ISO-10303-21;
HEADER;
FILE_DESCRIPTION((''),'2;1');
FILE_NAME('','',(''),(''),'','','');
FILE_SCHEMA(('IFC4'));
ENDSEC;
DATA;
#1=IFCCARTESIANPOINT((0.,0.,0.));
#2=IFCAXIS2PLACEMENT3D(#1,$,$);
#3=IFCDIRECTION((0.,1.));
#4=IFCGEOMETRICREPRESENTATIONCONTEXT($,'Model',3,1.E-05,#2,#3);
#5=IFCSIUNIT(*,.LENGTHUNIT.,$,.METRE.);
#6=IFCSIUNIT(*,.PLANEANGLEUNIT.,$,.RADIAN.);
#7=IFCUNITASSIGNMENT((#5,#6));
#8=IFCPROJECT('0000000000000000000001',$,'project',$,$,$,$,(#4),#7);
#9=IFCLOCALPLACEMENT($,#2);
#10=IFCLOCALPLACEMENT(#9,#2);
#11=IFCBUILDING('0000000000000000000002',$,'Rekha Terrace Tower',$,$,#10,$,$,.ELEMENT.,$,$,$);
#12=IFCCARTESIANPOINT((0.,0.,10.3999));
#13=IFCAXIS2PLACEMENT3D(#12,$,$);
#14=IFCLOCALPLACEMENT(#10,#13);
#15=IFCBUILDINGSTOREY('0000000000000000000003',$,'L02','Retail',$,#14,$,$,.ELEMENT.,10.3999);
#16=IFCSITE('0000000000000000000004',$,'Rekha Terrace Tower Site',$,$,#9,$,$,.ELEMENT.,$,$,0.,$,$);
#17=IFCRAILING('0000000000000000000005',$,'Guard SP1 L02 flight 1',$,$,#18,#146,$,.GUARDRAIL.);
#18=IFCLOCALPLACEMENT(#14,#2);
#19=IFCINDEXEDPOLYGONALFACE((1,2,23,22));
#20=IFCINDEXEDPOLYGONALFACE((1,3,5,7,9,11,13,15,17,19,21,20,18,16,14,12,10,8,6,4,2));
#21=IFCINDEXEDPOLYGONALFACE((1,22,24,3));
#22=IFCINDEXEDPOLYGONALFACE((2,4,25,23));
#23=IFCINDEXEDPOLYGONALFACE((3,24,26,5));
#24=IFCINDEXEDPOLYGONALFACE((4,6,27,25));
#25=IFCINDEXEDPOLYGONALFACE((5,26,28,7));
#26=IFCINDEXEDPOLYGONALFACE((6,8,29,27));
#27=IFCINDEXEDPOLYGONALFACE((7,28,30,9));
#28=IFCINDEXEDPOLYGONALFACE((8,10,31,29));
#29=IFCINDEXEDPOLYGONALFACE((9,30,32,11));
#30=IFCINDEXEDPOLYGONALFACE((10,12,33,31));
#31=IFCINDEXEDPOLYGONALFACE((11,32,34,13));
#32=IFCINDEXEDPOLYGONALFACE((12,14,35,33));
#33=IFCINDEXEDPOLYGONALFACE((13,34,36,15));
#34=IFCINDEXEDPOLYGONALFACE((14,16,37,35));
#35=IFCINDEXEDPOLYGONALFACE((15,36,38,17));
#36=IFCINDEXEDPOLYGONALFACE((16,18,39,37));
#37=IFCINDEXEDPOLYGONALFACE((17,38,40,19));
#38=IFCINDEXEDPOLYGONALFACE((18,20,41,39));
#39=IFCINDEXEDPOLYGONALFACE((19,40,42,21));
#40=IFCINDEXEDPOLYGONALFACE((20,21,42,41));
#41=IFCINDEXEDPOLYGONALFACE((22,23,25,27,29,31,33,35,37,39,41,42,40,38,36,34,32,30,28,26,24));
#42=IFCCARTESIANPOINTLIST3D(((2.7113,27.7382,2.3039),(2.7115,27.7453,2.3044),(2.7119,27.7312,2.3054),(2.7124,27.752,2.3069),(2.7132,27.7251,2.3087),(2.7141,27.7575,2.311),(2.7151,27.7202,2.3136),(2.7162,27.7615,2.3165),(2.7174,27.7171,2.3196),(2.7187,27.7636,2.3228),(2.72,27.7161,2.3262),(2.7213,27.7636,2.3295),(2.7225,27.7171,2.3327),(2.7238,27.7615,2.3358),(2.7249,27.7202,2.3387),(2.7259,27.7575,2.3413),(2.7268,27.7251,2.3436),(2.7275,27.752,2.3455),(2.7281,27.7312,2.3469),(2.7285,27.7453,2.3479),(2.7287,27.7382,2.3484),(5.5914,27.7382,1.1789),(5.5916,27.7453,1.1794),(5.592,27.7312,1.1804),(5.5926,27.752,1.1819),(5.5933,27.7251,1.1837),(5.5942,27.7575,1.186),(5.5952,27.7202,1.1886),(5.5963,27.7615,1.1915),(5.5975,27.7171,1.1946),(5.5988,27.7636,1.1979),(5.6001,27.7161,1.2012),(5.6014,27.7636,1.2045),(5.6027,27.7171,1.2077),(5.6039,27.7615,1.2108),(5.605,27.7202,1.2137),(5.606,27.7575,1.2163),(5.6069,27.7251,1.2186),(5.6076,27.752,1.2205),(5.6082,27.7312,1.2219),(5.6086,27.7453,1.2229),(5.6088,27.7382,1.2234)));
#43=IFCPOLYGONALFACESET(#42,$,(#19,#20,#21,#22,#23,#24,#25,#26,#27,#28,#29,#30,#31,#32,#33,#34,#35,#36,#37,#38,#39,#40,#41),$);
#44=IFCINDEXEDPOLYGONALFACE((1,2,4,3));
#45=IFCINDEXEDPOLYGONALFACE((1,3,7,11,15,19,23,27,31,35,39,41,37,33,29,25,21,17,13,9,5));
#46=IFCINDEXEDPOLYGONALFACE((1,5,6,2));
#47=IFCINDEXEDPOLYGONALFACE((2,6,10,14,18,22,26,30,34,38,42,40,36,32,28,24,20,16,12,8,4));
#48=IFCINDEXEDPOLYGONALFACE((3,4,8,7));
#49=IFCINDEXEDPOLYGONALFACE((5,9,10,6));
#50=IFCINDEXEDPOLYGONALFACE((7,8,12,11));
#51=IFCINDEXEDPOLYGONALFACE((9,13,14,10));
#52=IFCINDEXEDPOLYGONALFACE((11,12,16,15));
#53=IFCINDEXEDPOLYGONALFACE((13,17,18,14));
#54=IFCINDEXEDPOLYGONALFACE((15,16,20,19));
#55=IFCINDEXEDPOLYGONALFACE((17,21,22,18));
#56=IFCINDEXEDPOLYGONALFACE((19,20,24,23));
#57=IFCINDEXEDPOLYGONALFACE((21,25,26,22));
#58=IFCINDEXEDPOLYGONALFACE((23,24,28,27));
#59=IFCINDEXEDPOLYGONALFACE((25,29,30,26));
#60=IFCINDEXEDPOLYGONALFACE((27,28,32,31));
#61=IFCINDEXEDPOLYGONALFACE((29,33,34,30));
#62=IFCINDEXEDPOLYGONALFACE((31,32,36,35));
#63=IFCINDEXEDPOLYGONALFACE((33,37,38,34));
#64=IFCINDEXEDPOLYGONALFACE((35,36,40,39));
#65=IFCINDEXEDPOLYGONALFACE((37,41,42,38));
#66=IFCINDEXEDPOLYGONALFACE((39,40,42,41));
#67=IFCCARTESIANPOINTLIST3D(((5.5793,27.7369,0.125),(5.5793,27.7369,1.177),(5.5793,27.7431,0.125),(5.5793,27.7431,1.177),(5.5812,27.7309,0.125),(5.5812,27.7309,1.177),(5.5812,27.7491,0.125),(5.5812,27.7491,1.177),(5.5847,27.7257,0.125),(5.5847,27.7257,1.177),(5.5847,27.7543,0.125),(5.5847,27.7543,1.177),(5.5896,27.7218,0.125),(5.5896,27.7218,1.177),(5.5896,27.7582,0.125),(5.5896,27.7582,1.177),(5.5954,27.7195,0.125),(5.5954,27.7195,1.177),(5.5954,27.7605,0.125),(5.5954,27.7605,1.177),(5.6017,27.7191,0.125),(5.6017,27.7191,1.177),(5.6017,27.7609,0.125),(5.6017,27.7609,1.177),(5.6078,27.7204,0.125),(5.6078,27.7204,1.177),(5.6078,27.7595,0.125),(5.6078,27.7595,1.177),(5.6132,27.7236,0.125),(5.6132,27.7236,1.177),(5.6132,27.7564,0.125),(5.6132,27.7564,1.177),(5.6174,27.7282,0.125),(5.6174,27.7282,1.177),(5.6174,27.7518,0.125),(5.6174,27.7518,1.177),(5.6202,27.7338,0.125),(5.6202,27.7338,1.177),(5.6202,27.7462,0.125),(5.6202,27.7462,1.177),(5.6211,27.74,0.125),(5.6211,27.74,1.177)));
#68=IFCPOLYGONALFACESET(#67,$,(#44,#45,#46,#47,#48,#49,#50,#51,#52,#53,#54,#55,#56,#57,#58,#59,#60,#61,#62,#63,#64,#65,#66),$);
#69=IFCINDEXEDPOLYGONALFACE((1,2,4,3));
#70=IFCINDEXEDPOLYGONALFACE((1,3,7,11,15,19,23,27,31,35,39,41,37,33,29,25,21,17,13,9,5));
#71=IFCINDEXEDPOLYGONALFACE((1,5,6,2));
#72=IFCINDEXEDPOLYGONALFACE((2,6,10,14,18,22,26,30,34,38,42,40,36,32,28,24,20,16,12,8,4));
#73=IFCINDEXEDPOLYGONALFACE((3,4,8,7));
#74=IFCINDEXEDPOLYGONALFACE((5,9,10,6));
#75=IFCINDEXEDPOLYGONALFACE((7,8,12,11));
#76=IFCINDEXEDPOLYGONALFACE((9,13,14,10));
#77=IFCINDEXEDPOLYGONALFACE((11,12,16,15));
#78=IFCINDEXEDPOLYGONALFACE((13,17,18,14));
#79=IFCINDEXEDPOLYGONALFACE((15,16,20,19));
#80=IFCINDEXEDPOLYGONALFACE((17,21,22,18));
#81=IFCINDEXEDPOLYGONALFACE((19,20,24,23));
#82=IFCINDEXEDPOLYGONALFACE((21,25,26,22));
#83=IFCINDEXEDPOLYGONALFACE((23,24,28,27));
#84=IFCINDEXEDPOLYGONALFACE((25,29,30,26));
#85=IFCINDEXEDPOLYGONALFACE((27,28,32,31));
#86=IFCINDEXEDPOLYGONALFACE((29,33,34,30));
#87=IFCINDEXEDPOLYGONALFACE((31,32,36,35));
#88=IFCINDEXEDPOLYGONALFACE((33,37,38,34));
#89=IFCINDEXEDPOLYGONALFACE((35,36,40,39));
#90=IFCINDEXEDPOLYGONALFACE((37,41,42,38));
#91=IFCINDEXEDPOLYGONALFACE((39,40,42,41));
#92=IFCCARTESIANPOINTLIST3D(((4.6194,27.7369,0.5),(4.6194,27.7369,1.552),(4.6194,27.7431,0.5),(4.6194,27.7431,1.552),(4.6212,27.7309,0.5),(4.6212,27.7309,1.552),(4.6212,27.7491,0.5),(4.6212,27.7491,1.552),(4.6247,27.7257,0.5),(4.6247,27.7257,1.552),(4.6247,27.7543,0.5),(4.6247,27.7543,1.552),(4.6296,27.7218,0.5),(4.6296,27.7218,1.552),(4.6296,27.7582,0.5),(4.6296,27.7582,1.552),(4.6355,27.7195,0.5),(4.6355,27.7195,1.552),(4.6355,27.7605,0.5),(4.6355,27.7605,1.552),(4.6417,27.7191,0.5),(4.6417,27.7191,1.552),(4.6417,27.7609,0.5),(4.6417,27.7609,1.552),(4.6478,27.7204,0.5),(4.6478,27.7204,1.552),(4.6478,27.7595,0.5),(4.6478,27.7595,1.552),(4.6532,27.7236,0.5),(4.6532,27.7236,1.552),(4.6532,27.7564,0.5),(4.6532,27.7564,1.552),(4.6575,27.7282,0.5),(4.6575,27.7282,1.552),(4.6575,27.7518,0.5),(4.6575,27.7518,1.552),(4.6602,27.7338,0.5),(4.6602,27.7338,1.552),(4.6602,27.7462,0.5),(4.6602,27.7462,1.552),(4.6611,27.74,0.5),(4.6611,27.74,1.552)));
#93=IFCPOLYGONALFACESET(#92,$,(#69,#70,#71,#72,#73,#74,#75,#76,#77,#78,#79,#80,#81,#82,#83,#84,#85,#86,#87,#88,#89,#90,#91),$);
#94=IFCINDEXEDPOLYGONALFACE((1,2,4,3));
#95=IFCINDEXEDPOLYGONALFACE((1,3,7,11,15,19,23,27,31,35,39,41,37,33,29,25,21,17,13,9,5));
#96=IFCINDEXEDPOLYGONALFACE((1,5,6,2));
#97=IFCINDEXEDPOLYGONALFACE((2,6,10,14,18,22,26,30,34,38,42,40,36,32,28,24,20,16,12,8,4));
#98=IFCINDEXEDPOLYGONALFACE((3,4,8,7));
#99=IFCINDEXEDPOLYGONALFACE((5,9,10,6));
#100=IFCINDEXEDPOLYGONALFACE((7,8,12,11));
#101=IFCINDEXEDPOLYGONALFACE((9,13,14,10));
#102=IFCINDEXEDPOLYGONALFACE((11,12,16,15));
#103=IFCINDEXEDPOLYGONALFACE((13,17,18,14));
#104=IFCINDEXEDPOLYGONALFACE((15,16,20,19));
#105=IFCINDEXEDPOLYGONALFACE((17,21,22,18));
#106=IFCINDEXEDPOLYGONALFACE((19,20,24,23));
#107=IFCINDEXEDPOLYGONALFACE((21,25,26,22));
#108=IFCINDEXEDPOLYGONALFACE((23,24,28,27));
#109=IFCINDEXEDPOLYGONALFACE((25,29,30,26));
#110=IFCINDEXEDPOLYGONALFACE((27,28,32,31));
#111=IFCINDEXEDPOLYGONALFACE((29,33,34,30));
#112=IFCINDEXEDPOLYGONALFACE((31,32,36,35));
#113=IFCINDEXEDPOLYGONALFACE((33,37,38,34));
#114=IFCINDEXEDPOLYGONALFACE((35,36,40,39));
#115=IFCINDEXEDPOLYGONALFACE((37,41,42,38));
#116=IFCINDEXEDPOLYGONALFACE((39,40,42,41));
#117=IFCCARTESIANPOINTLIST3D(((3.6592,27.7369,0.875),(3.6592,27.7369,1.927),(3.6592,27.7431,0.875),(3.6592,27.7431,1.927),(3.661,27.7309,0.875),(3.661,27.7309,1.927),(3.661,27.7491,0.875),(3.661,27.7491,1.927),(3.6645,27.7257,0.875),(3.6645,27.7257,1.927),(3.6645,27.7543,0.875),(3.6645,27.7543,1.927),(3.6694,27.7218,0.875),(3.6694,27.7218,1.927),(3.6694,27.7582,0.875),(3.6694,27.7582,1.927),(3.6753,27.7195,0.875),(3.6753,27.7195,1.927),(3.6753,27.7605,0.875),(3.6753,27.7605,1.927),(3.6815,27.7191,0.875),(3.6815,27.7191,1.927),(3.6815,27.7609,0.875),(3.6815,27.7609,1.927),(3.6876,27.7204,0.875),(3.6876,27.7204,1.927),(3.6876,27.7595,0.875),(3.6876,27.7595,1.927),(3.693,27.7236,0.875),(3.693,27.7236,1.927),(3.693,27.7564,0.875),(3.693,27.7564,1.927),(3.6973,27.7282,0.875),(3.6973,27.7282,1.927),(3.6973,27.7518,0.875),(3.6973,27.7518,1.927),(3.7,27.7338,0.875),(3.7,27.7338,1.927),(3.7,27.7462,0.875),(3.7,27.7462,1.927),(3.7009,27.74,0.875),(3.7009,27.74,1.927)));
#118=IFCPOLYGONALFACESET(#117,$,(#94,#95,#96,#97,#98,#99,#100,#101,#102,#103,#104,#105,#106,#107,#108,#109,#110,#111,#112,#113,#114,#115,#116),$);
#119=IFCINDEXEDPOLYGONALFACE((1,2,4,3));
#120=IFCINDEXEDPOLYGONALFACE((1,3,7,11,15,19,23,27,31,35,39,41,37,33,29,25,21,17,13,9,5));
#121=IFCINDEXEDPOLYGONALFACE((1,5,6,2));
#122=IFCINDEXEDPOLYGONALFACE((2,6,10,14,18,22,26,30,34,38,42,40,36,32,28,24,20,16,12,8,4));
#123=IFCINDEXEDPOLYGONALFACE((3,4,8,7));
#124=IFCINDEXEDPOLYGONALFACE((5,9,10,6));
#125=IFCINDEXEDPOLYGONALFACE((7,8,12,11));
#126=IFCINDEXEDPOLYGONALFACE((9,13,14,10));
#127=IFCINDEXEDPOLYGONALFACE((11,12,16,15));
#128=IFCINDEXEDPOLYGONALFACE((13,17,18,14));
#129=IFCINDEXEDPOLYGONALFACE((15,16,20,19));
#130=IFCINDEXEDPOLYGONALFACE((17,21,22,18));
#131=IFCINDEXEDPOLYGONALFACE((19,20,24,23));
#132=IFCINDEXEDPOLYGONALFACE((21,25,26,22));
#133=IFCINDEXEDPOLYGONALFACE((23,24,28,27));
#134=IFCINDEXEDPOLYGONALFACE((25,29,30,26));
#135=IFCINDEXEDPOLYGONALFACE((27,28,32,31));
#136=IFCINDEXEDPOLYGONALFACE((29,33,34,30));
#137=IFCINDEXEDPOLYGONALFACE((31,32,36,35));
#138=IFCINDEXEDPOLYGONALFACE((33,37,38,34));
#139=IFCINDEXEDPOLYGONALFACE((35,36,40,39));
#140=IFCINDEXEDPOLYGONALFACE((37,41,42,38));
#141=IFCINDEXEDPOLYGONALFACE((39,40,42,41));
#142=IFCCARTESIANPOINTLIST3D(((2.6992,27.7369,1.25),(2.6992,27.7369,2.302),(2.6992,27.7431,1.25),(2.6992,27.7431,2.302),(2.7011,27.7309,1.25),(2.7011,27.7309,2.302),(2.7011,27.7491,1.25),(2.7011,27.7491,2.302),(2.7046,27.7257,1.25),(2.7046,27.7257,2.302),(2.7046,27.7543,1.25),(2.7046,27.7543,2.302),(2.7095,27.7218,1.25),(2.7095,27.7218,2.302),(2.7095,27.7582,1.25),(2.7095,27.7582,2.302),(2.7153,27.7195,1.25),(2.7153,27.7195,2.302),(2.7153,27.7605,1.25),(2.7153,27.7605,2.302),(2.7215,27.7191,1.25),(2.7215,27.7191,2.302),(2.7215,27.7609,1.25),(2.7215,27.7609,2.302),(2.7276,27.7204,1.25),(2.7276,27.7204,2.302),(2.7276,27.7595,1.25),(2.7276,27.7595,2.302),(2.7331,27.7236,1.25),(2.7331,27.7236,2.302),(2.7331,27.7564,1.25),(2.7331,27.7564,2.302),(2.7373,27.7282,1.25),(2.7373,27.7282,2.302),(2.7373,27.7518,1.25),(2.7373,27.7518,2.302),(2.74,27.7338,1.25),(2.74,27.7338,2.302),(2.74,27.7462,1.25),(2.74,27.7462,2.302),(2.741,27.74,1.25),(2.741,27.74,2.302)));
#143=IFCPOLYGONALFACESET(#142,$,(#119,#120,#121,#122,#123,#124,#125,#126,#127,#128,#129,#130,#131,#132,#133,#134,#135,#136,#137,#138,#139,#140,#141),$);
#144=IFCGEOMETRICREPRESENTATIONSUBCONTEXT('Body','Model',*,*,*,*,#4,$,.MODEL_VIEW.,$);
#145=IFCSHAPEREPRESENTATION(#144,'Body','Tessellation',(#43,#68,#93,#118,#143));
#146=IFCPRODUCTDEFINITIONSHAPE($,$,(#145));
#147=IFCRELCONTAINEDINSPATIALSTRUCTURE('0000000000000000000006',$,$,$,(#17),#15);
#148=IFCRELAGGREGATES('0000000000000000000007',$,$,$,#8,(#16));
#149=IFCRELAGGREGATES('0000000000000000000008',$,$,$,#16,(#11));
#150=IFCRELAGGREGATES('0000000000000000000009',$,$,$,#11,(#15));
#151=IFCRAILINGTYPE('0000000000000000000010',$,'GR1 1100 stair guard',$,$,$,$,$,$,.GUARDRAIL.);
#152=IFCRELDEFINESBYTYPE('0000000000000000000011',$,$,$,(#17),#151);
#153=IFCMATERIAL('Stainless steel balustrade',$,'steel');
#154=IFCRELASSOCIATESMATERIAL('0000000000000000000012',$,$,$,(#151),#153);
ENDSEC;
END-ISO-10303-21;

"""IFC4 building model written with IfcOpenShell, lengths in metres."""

from ifc_helpers import new_model, si_unit, direction, frame, origin, origin_2d, place, context, subcontext, project, spatial, circle, extrude, material, type_object, element, save


model = new_model("IFC4")

# Units and contexts
model_context = context("Model", 3, precision=1e-05, world=origin(), true_north=direction((0.0, 1.0)))
body_context = subcontext(model_context, "Body", "Model", "MODEL_VIEW")
ifc_project = project(units=[si_unit("LENGTHUNIT", "METRE"), si_unit("PLANEANGLEUNIT", "RADIAN")], contexts=[model_context])

# Site, building, storey
site_placement = place(None, origin())
site = spatial("IfcSite", under=ifc_project, at=site_placement, Name="Rekha Terrace Tower Site", CompositionType="ELEMENT", RefElevation=0.0)
building_placement = place(site_placement, origin())
building = spatial("IfcBuilding", under=site, at=building_placement, Name="Rekha Terrace Tower", CompositionType="ELEMENT")
storey_placement = place(building_placement, frame((0.0, 0.0, 10.3999)))
storey = spatial("IfcBuildingStorey", under=building, at=storey_placement, Name="L02", Description="Retail", CompositionType="ELEMENT", Elevation=10.3999)

# Railing
ifc_material_1 = material(Name="Stainless steel balustrade", Category="steel")
railing_type_1 = type_object("IfcRailingType", Name="GR1 1100 stair guard", PredefinedType="GUARDRAIL", material=ifc_material_1)
railing_1_placement = place(storey_placement, frame((5.6001, 27.74, 0.125)))
element("IfcRailing", 1, at=railing_1_placement, inside=storey, type_object=railing_type_1, Name="Guard SP1 L02 flight 1", PredefinedType="GUARDRAIL", context=body_context, shape_type="SweptSolid", body=[
    extrude(circle(Radius=0.0239, at=origin_2d()), frame((0.0, 0.0, 1.0762), z_axis=(-0.931463, 0.0, 0.363837), x_axis=(0.0, -1.0, 0.0)), (0.0, 0.0, 1.0), 3.092),
    extrude(circle(Radius=0.021, at=origin_2d()), origin(), (0.0, 0.0, 1.0), 1.052),
    extrude(circle(Radius=0.021, at=origin_2d()), frame((-0.96, 0.0, 0.375)), (0.0, 0.0, 1.0), 1.052),
    extrude(circle(Radius=0.021, at=origin_2d()), frame((-1.9202, 0.0, 0.75)), (0.0, 0.0, 1.0), 1.052),
    extrude(circle(Radius=0.021, at=origin_2d()), frame((-2.8801, 0.0, 1.125)), (0.0, 0.0, 1.0), 1.052),
])

save(model, "model.ifc")
